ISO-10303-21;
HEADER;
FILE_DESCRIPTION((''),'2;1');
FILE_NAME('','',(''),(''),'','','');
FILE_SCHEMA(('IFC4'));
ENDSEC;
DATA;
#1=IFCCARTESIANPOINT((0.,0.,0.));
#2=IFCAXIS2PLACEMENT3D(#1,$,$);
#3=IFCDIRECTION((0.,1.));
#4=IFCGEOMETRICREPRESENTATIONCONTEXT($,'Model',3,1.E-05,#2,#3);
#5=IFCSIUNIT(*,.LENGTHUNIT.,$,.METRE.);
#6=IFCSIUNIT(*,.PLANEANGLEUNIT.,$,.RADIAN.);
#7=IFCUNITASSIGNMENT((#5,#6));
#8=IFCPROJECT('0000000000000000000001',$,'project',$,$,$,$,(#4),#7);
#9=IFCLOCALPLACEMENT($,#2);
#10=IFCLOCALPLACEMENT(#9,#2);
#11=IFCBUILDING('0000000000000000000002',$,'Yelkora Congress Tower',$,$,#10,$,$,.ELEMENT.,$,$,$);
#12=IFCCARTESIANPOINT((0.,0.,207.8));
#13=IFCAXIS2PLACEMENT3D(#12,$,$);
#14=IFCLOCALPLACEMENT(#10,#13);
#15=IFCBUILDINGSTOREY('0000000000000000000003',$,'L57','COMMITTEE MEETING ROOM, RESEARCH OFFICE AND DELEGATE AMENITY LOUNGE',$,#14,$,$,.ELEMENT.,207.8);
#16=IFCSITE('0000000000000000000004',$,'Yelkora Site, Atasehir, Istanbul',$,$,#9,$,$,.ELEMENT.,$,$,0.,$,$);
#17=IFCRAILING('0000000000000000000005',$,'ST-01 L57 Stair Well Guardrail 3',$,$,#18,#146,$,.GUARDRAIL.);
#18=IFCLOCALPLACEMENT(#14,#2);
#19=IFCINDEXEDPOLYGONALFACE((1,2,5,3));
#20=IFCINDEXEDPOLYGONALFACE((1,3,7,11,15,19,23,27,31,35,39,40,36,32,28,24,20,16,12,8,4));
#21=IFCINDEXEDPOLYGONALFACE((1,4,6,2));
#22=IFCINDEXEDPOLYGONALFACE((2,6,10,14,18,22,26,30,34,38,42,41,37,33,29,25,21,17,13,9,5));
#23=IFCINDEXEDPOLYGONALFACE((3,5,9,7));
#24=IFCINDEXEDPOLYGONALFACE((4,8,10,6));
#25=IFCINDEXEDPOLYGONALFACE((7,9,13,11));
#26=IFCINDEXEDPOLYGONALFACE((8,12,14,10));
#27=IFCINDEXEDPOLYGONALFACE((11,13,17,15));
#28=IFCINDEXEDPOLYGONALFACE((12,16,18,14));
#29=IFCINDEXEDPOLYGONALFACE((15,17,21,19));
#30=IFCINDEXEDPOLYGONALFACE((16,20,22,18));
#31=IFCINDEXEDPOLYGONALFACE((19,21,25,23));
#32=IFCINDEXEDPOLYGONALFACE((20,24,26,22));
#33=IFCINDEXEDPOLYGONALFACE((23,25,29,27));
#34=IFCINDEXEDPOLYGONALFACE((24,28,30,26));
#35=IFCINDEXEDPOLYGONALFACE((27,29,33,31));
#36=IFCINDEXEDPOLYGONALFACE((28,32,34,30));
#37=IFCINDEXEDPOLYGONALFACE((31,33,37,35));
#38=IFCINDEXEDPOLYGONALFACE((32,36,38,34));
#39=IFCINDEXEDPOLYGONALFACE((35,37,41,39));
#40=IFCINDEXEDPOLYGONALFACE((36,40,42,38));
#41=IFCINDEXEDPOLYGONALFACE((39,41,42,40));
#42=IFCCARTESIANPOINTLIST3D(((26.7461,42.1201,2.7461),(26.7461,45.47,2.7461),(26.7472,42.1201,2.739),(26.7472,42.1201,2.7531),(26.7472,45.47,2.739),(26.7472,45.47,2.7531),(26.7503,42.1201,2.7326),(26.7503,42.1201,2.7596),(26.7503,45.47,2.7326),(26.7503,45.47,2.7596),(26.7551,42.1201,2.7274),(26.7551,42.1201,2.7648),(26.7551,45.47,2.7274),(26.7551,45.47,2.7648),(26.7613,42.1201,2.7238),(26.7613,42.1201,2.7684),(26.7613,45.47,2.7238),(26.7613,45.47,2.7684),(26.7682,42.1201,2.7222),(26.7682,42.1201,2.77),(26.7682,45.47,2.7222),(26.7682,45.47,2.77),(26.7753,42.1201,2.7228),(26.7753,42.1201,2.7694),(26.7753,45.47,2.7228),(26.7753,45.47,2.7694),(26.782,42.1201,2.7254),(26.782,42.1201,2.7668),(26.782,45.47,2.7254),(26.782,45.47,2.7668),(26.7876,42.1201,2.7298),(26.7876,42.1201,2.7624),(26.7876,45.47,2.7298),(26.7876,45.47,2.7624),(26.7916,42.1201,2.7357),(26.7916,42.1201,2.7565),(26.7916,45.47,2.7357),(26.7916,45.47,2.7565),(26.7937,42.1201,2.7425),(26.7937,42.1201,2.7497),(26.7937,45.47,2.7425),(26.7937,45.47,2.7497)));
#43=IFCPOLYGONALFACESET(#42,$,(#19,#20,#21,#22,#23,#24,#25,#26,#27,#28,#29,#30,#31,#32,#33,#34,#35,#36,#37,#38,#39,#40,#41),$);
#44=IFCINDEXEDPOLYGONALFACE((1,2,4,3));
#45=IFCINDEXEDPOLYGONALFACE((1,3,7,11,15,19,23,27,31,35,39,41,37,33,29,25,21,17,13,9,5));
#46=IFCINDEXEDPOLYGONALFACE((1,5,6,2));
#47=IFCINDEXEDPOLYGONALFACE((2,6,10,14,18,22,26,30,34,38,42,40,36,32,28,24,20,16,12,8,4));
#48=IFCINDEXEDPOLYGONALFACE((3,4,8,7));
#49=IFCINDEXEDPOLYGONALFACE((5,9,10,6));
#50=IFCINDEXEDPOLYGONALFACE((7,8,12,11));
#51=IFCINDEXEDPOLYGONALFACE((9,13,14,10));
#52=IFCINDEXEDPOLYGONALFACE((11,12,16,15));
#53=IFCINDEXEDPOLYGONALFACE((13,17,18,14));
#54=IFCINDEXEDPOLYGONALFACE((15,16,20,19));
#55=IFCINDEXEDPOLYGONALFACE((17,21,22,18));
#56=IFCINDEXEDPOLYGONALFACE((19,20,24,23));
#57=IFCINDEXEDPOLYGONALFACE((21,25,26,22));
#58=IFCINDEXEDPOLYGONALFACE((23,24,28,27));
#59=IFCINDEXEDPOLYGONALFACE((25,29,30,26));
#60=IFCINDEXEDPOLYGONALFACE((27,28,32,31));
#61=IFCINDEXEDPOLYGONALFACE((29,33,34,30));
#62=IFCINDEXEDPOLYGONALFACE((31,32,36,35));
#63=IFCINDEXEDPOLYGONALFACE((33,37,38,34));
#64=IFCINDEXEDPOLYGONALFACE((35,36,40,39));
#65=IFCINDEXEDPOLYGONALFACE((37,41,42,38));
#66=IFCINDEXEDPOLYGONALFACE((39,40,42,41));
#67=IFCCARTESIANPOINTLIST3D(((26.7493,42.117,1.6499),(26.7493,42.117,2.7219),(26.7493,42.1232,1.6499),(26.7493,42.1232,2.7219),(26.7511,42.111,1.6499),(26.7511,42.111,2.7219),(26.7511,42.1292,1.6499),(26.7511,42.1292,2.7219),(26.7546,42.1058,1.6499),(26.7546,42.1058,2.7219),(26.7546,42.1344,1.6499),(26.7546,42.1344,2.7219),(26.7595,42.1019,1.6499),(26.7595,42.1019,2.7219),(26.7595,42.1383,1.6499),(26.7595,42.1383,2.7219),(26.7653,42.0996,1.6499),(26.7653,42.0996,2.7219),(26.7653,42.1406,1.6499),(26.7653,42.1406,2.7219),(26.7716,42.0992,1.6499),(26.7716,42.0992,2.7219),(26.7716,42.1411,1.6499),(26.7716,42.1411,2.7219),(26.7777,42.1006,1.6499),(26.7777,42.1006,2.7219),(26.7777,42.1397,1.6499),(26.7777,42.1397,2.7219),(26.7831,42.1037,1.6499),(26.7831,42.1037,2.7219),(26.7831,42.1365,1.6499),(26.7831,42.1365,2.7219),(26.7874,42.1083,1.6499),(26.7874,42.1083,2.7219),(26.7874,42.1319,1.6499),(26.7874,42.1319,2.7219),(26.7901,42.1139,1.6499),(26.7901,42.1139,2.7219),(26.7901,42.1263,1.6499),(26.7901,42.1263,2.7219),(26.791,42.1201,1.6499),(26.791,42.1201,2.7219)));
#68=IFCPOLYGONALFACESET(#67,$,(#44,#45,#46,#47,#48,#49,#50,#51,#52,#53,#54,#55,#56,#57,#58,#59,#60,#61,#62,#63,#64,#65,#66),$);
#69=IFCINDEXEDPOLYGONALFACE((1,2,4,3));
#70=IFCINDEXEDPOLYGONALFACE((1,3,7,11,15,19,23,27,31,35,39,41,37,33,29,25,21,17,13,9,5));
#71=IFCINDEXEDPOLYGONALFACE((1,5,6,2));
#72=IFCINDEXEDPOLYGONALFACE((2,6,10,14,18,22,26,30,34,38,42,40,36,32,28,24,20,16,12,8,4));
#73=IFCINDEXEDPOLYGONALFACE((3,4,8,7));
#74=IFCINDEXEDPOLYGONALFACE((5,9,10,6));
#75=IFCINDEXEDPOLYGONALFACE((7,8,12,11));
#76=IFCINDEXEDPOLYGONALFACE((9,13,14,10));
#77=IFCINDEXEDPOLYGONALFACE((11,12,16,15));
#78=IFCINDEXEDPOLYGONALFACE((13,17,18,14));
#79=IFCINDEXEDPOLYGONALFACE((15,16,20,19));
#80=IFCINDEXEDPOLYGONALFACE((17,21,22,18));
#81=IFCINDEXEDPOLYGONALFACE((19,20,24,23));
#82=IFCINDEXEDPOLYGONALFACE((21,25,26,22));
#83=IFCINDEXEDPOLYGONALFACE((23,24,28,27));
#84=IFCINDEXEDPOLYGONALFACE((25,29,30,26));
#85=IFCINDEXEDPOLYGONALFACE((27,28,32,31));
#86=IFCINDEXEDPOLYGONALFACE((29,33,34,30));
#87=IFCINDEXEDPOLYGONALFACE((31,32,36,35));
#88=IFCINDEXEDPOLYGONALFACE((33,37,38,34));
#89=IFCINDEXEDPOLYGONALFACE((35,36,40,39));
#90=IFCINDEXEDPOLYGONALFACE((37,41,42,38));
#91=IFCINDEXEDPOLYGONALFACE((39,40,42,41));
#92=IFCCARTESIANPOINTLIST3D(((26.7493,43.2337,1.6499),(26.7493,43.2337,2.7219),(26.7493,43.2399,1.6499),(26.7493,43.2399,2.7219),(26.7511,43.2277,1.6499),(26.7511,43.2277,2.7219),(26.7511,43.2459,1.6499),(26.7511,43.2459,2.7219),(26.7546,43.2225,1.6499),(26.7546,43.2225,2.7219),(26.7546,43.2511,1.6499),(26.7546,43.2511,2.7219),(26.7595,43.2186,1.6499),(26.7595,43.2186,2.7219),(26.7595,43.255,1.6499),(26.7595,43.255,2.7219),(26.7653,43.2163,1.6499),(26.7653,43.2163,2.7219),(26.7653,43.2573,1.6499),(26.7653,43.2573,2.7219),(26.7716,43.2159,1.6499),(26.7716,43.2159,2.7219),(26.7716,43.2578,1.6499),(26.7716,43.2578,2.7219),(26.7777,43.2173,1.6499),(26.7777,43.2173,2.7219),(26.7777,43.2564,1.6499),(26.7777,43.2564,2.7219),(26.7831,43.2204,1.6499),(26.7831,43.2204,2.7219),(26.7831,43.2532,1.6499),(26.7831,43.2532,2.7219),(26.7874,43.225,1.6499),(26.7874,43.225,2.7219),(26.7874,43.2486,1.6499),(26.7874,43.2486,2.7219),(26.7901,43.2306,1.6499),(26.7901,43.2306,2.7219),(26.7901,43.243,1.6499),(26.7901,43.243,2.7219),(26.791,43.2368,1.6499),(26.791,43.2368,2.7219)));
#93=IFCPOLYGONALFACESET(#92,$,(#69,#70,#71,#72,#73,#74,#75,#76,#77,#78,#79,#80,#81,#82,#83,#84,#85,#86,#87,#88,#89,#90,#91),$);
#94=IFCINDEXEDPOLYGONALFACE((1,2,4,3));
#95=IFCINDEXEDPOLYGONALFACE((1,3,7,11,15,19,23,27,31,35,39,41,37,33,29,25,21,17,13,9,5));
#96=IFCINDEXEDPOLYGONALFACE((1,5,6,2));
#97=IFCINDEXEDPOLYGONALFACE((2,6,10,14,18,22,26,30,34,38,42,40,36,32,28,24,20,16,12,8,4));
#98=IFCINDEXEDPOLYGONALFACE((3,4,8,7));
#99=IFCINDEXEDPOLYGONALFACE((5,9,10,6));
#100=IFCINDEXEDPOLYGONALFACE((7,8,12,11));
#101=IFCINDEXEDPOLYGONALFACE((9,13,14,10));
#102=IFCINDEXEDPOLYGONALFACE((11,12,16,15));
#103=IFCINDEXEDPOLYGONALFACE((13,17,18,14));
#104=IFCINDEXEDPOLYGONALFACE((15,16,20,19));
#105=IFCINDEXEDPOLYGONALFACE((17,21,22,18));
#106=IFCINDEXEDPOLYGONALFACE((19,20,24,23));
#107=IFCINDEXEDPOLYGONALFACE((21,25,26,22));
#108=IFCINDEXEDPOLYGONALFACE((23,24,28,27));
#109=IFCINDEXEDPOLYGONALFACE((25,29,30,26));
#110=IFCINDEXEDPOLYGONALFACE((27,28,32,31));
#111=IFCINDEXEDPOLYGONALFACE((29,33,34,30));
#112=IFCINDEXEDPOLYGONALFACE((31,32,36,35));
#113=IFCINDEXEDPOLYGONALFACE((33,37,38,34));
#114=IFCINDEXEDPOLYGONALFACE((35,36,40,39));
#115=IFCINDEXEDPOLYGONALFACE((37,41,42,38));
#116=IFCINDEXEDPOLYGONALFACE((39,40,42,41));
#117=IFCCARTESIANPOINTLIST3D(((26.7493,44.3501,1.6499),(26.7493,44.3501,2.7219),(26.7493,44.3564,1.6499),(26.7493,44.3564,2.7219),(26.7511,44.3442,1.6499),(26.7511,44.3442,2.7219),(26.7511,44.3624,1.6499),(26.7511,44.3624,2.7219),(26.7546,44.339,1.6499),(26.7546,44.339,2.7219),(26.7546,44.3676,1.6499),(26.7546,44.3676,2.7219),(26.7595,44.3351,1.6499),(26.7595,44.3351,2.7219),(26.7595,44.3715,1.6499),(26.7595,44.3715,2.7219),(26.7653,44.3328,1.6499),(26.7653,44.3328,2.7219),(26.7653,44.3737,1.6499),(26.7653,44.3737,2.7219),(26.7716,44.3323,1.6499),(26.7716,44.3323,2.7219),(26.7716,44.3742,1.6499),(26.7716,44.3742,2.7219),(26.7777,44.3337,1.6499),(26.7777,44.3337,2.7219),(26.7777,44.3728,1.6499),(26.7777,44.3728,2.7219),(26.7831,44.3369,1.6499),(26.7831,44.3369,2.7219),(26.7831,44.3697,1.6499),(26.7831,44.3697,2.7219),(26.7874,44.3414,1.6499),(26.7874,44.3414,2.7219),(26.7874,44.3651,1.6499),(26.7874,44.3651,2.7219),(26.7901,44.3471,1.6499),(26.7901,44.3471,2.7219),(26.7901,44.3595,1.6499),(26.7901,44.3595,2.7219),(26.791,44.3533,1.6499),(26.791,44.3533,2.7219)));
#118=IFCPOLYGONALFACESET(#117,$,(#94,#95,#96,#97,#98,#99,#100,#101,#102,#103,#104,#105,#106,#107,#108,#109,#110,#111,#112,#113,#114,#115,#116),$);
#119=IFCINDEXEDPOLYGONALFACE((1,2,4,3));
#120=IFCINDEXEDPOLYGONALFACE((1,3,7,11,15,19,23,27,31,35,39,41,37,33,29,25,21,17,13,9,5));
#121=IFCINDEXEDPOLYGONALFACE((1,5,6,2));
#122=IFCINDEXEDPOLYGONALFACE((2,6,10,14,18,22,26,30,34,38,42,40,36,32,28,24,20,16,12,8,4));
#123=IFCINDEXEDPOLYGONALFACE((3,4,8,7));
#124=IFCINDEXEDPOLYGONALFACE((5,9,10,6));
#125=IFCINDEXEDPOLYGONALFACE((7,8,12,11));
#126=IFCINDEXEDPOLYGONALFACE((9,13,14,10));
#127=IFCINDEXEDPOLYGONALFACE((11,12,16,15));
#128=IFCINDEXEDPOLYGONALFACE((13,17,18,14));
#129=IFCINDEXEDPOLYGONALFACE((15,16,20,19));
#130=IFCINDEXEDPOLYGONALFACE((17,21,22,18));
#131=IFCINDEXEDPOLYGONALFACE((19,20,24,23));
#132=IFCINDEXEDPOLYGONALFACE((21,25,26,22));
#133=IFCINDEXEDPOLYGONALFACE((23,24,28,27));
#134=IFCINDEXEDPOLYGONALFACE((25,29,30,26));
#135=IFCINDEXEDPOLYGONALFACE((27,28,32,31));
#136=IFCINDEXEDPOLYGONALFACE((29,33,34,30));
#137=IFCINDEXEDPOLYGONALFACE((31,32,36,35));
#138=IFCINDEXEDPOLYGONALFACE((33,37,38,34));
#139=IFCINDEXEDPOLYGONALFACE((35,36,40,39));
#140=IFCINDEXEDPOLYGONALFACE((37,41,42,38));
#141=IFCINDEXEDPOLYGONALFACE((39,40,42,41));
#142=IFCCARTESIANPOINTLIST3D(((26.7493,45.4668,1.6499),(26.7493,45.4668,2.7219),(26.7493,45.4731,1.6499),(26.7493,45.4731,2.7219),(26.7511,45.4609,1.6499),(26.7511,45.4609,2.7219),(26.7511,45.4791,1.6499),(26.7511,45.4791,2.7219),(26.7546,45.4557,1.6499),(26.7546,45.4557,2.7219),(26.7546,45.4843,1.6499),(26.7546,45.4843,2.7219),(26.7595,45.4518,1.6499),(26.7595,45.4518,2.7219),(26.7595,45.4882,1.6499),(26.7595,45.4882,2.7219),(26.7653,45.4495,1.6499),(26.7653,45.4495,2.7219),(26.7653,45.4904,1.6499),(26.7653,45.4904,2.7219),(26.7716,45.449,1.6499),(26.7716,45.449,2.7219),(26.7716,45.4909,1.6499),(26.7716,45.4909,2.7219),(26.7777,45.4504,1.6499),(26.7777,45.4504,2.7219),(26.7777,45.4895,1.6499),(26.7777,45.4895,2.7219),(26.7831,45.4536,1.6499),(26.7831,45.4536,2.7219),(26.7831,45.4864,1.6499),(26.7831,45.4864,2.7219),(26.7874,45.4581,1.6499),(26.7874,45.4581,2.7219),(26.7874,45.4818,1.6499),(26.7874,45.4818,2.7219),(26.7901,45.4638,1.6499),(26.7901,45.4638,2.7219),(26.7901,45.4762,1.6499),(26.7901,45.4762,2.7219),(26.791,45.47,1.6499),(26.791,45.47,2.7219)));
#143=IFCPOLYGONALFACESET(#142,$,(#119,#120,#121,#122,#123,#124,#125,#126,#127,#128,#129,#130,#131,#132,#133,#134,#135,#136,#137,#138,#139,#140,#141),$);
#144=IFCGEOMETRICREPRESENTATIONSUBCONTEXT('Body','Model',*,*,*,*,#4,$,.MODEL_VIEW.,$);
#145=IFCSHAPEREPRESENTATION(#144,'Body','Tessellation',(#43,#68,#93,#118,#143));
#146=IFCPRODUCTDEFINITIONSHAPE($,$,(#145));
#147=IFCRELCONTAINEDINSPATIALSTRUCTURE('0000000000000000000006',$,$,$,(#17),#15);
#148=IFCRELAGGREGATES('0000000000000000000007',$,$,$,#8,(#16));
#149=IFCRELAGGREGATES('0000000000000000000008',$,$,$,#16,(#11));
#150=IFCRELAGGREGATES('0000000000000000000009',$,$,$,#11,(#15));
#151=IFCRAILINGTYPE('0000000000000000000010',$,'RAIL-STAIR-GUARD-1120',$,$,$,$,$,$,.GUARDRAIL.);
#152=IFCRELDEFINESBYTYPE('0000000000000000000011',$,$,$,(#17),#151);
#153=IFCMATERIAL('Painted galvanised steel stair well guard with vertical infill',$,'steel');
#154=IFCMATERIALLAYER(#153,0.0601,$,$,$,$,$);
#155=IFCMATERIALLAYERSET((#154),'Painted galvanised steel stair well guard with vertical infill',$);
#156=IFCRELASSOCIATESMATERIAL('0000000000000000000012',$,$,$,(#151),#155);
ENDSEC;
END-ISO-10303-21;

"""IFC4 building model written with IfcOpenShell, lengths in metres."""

from ifc_helpers import new_model, si_unit, direction, frame, origin, origin_2d, place, context, subcontext, project, spatial, circle, extrude, material, layer, layer_set, type_object, element, save


model = new_model("IFC4")

# Units and contexts
model_context = context("Model", 3, precision=1e-05, world=origin(), true_north=direction((0.0, 1.0)))
body_context = subcontext(model_context, "Body", "Model", "MODEL_VIEW")
ifc_project = project(units=[si_unit("LENGTHUNIT", "METRE"), si_unit("PLANEANGLEUNIT", "RADIAN")], contexts=[model_context])

# Site, building, storey
site_placement = place(None, origin())
site = spatial("IfcSite", under=ifc_project, at=site_placement, Name="Yelkora Site, Atasehir, Istanbul", CompositionType="ELEMENT", RefElevation=0.0)
building_placement = place(site_placement, origin())
building = spatial("IfcBuilding", under=site, at=building_placement, Name="Yelkora Congress Tower", CompositionType="ELEMENT")
storey_placement = place(building_placement, frame((0.0, 0.0, 207.8)))
storey = spatial("IfcBuildingStorey", under=building, at=storey_placement, Name="L57", Description="COMMITTEE MEETING ROOM, RESEARCH OFFICE AND DELEGATE AMENITY LOUNGE", CompositionType="ELEMENT", Elevation=207.8)

# Railing
ifc_material_1 = material(Name="Painted galvanised steel stair well guard with vertical infill", Category="steel")
ifc_layer_1 = layer(ifc_material_1, 0.0601)
ifc_layer_set_1 = layer_set([ifc_layer_1], Name="Painted galvanised steel stair well guard with vertical infill")
railing_type_1 = type_object("IfcRailingType", Name="RAIL-STAIR-GUARD-1120", PredefinedType="GUARDRAIL", material=ifc_layer_set_1)
railing_1_placement = place(storey_placement, frame((26.77, 42.1201, 1.6499)))
element("IfcRailing", 1, at=railing_1_placement, inside=storey, type_object=railing_type_1, Name="ST-01 L57 Stair Well Guardrail 3", PredefinedType="GUARDRAIL", context=body_context, shape_type="SweptSolid", body=[
    extrude(circle(Radius=0.0239, at=origin_2d()), frame((0.0, 0.0, 1.0962), z_axis=(0.0, 1.0, 0.0), x_axis=(-1.0, 0.0, 0.0)), (0.0, 0.0, 1.0), 3.3499),
    extrude(circle(Radius=0.021, at=origin_2d()), origin(), (0.0, 0.0, 1.0), 1.072),
    extrude(circle(Radius=0.021, at=origin_2d()), frame((0.0, 1.1167, 0.0)), (0.0, 0.0, 1.0), 1.072),
    extrude(circle(Radius=0.021, at=origin_2d()), frame((0.0, 2.2332, 0.0)), (0.0, 0.0, 1.0), 1.072),
    extrude(circle(Radius=0.021, at=origin_2d()), frame((0.0, 3.3499, 0.0)), (0.0, 0.0, 1.0), 1.072),
])

save(model, "model.ifc")
